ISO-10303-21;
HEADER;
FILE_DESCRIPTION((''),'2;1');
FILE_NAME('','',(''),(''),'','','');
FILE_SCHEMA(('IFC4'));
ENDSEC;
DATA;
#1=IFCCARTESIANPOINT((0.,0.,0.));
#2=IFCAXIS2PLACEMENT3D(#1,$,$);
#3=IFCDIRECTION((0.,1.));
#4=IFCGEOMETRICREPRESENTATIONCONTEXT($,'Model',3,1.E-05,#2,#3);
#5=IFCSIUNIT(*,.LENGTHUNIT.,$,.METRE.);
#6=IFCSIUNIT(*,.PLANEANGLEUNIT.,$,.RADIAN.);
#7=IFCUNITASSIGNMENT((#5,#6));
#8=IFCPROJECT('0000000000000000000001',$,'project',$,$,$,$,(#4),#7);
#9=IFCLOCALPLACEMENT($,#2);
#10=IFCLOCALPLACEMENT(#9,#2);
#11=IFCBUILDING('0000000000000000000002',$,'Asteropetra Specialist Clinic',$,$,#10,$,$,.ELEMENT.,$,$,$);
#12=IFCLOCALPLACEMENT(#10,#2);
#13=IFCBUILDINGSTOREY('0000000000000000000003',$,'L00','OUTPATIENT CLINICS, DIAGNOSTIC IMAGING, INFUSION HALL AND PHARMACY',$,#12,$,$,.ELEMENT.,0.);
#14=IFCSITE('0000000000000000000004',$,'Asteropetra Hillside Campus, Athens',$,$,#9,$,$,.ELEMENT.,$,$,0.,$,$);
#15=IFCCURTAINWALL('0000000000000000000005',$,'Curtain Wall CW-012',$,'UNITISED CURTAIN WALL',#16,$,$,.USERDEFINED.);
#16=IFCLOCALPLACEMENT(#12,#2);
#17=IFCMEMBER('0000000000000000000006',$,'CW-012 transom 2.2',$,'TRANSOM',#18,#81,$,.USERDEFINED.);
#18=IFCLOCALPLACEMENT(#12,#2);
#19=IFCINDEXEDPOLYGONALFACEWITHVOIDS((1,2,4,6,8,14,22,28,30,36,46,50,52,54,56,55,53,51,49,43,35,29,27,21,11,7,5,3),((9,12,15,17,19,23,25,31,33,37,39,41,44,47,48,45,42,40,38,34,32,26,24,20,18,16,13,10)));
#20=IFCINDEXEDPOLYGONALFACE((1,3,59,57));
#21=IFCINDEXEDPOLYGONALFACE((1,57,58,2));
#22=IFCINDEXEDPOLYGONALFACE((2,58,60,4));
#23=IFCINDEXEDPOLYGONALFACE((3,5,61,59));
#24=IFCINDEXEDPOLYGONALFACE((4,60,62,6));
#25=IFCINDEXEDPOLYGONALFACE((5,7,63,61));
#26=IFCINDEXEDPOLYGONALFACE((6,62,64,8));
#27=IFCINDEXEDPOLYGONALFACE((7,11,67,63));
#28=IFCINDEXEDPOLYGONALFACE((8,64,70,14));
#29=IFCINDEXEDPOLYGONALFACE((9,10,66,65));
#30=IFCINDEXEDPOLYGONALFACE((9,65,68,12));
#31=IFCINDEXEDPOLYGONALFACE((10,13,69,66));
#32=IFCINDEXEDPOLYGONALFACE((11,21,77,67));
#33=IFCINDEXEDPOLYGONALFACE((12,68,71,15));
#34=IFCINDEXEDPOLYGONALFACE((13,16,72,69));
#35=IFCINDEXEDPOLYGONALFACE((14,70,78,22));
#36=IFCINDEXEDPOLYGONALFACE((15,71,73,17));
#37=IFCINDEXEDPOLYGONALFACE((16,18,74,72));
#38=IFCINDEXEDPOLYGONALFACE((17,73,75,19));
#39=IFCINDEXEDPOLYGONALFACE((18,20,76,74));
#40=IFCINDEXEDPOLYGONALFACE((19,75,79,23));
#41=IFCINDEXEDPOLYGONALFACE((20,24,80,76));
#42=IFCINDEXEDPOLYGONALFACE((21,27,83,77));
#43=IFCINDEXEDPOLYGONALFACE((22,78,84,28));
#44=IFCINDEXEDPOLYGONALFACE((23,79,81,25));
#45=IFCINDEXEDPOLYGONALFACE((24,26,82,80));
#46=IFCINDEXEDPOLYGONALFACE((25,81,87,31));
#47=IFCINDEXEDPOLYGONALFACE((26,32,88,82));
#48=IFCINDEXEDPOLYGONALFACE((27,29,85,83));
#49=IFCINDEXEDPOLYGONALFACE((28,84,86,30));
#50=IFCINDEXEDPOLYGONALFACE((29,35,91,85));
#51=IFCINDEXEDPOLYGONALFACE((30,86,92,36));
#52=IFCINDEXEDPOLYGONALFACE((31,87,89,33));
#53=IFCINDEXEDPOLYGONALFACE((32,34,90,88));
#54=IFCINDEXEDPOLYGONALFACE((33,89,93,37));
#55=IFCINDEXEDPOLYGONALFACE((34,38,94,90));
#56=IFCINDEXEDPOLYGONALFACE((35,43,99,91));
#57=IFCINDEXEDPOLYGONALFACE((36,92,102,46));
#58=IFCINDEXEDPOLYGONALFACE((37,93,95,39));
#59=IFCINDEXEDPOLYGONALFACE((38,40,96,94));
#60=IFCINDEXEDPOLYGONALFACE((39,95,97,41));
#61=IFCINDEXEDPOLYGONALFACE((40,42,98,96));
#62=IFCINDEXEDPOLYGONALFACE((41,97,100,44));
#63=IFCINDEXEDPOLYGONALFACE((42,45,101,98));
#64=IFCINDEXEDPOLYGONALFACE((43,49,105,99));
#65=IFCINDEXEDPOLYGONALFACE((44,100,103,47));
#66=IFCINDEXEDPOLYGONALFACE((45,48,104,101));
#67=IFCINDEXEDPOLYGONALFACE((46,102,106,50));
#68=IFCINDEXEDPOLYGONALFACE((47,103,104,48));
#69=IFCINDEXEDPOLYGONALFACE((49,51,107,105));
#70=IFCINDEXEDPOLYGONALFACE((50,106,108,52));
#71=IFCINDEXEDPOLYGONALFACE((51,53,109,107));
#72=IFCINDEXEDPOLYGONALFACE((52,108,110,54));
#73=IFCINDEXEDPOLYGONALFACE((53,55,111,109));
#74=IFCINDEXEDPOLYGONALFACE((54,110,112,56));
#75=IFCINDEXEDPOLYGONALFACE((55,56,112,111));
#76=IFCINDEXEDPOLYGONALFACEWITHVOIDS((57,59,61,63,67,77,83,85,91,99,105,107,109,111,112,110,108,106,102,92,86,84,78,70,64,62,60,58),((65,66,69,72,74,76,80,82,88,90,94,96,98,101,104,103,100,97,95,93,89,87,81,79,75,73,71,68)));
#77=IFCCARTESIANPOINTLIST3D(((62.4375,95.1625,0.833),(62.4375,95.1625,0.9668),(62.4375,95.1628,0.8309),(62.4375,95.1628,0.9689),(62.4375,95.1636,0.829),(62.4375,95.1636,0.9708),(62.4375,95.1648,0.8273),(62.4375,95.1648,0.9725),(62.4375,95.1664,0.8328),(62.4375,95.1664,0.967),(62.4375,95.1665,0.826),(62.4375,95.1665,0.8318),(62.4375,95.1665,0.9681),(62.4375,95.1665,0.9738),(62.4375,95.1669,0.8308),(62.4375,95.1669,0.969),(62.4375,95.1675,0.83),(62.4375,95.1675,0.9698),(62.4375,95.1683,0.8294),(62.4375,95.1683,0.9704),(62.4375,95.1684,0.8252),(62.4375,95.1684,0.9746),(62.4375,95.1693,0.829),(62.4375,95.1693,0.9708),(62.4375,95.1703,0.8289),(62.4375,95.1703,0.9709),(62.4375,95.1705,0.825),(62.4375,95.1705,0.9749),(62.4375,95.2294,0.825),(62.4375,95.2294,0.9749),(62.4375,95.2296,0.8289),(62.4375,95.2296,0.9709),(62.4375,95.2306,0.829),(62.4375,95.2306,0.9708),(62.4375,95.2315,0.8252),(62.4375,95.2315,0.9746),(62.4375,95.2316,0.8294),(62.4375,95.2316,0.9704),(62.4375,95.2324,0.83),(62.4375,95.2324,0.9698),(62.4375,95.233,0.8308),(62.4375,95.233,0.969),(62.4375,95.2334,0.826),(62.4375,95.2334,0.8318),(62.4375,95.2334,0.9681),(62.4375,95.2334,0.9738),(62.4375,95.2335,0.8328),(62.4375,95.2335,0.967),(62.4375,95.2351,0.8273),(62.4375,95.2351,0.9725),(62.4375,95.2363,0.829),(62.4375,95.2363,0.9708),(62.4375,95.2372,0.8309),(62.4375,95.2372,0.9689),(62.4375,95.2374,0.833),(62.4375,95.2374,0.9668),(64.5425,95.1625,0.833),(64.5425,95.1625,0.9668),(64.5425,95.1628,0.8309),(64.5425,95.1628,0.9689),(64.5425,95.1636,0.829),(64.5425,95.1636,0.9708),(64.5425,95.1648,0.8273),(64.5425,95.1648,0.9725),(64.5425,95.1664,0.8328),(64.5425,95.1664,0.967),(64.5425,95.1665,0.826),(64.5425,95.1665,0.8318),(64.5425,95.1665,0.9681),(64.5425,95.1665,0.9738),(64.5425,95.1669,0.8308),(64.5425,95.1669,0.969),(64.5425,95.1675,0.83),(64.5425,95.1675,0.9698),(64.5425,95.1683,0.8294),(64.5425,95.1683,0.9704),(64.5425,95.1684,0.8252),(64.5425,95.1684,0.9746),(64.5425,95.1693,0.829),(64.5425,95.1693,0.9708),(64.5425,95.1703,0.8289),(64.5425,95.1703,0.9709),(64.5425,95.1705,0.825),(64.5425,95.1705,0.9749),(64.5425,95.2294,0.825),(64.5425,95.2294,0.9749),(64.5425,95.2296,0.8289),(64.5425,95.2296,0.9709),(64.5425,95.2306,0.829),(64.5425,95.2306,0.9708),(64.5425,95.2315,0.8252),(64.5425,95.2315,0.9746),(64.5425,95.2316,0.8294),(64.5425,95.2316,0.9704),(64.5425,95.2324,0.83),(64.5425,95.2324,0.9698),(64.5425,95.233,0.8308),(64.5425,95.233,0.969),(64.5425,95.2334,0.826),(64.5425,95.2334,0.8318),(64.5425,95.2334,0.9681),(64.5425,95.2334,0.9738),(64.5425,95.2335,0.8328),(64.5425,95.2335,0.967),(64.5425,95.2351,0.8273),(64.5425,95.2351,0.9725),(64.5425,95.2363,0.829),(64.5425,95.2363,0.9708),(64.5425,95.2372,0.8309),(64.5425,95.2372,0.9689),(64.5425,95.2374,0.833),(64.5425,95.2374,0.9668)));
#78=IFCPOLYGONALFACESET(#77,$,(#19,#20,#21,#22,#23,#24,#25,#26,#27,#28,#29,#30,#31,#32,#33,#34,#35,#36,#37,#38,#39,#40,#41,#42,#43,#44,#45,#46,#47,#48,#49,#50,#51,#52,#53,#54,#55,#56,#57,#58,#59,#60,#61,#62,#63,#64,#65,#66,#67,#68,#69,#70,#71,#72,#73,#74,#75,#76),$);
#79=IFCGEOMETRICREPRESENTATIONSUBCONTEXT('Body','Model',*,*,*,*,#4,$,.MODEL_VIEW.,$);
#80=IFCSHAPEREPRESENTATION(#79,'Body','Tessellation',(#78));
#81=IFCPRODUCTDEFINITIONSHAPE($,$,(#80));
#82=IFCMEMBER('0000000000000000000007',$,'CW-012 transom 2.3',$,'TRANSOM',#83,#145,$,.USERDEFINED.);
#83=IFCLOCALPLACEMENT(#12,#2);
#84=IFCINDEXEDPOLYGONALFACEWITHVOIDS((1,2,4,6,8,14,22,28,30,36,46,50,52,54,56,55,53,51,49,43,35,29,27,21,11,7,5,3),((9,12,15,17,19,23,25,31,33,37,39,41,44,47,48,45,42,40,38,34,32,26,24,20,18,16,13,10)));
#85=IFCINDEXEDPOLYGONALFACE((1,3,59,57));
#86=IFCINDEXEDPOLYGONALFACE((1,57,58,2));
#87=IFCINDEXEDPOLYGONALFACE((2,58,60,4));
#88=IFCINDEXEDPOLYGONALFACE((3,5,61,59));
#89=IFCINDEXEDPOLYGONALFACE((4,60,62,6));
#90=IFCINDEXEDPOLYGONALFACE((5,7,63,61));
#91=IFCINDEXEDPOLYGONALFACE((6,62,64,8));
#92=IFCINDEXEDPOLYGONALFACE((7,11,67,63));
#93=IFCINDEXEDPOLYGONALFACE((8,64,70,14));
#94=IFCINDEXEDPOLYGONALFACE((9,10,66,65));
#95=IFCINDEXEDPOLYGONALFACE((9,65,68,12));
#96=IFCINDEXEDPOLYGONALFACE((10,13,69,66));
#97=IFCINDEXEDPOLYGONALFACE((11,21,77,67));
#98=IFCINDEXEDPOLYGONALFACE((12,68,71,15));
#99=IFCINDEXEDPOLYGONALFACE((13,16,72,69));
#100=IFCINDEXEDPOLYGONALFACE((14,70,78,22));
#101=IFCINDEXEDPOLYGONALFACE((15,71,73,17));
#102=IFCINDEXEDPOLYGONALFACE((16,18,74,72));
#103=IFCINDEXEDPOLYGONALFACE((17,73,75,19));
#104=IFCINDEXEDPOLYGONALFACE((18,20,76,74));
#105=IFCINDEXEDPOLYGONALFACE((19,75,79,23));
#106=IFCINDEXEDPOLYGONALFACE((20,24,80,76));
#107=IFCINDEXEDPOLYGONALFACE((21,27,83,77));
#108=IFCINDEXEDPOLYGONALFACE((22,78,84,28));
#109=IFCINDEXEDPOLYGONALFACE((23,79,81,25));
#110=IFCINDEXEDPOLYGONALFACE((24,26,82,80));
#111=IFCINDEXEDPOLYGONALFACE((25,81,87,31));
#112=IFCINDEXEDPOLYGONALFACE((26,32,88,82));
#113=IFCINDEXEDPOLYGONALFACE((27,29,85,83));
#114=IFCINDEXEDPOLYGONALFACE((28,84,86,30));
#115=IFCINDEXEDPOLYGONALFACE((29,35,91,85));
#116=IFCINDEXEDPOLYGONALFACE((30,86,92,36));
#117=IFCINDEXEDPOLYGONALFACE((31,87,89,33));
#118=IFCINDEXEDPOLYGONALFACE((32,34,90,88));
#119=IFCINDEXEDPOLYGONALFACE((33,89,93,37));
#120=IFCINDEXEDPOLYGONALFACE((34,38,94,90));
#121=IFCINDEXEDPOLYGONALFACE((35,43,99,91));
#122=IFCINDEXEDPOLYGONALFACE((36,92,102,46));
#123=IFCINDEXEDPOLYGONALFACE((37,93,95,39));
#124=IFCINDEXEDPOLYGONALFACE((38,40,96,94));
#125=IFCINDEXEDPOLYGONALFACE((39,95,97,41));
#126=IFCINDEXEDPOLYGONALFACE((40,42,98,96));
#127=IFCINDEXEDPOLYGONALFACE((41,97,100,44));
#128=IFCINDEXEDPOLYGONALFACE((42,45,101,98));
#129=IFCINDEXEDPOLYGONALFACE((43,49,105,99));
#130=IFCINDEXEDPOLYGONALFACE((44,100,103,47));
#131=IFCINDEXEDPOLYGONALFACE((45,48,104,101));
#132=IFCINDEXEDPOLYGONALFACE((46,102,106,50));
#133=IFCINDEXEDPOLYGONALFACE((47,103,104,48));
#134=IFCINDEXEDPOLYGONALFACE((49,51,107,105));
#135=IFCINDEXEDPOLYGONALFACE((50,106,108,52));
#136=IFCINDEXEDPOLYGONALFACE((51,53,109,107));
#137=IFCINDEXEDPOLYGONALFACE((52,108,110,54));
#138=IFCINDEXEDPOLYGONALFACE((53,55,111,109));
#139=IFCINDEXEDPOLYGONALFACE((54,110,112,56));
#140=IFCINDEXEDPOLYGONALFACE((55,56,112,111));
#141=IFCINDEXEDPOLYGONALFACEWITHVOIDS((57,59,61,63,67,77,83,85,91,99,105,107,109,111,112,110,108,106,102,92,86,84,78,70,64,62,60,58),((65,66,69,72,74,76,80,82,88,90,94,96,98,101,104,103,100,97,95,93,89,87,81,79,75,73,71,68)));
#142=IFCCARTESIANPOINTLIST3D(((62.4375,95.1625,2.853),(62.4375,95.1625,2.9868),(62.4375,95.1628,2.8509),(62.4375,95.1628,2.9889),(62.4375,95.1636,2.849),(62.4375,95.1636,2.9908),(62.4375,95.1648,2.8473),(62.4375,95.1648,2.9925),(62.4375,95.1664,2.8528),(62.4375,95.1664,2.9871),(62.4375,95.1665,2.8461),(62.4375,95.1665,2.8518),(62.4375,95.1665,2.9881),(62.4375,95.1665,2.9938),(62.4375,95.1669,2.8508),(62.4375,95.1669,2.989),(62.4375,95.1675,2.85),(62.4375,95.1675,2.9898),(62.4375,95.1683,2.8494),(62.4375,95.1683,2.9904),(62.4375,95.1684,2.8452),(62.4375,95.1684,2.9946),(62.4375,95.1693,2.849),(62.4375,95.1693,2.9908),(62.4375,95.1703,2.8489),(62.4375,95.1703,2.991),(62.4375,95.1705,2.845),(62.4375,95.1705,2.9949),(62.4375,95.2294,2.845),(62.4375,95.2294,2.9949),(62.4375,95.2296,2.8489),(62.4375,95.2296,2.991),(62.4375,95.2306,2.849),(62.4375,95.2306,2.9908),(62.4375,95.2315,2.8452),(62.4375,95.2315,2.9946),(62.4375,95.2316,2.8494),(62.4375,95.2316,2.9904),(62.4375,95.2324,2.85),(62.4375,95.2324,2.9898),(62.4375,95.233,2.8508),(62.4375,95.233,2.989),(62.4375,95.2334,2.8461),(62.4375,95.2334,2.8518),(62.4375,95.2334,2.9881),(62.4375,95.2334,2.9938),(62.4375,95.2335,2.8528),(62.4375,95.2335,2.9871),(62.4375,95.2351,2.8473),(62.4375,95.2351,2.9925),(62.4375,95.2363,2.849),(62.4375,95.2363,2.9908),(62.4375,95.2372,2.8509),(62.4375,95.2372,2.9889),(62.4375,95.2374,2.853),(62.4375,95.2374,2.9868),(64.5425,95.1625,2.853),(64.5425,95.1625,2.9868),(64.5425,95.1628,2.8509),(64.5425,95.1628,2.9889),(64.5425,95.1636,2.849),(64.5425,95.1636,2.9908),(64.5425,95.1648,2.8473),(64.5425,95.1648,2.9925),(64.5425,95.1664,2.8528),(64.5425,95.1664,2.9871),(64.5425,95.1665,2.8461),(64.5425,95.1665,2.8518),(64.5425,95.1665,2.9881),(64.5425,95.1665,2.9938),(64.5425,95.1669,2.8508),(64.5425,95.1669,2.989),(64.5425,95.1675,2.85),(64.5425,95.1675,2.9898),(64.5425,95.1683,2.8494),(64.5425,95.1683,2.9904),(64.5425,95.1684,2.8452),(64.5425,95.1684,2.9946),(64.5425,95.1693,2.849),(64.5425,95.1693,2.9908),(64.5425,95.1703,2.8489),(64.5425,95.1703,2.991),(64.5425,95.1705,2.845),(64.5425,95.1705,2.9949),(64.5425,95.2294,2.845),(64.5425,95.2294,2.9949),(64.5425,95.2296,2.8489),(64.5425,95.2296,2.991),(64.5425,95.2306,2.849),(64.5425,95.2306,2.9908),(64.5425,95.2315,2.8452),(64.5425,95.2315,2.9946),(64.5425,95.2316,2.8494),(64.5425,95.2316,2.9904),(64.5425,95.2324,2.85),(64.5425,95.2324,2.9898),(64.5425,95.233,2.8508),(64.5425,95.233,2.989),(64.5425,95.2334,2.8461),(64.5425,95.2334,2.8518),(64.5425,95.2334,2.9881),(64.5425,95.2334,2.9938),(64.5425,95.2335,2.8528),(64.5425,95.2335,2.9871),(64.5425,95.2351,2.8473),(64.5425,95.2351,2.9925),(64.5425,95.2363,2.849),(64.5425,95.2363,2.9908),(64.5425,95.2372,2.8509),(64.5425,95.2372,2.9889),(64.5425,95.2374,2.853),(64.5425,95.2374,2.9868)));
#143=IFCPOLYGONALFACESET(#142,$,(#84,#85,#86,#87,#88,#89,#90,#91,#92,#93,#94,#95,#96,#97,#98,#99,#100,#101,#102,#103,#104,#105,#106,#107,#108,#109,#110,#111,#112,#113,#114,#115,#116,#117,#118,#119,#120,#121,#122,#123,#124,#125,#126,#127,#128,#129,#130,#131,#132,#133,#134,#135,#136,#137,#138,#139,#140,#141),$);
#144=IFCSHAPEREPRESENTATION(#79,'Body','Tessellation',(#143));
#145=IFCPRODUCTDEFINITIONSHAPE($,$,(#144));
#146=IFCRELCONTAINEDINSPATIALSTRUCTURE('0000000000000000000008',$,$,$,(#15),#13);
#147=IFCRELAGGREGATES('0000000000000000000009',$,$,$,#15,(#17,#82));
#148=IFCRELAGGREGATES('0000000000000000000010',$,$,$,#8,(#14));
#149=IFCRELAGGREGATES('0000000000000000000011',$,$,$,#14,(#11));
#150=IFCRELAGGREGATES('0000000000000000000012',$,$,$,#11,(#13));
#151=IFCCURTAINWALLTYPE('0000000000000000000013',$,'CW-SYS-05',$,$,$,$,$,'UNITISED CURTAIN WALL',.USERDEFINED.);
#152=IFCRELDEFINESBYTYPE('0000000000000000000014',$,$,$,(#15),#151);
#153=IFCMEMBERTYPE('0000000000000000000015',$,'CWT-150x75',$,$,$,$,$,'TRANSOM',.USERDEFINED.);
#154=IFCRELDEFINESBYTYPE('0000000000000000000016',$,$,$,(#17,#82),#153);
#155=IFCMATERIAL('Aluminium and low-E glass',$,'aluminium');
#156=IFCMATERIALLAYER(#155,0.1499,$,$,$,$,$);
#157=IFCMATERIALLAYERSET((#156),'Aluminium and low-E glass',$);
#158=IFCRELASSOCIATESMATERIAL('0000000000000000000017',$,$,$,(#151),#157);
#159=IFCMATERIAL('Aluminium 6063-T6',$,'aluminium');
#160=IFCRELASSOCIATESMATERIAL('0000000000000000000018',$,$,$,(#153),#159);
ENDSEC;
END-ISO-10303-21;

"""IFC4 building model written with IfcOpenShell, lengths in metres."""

from ifc_helpers import new_model, si_unit, direction, frame, origin, origin_2d, place, context, subcontext, project, spatial, hollow_rectangle, extrude, material, layer, layer_set, material_profile, profile_set, type_object, element, aggregate, save


model = new_model("IFC4")

# Units and contexts
model_context = context("Model", 3, precision=1e-05, world=origin(), true_north=direction((0.0, 1.0)))
body_context = subcontext(model_context, "Body", "Model", "MODEL_VIEW")
ifc_project = project(units=[si_unit("LENGTHUNIT", "METRE"), si_unit("PLANEANGLEUNIT", "RADIAN")], contexts=[model_context])

# Site, building, storey
site_placement = place(None, origin())
site = spatial("IfcSite", under=ifc_project, at=site_placement, Name="Asteropetra Hillside Campus, Athens", CompositionType="ELEMENT", RefElevation=0.0)
building_placement = place(site_placement, origin())
building = spatial("IfcBuilding", under=site, at=building_placement, Name="Asteropetra Specialist Clinic", CompositionType="ELEMENT")
storey_placement = place(building_placement, origin())
storey = spatial("IfcBuildingStorey", under=building, at=storey_placement, Name="L00", Description="OUTPATIENT CLINICS, DIAGNOSTIC IMAGING, INFUSION HALL AND PHARMACY", CompositionType="ELEMENT", Elevation=0.0)

# Curtain wall
ifc_material_1 = material(Name="Aluminium and low-E glass", Category="aluminium")
ifc_layer_1 = layer(ifc_material_1, 0.1499)
ifc_layer_set_1 = layer_set([ifc_layer_1], Name="Aluminium and low-E glass")
curtain_wall_type_1 = type_object("IfcCurtainWallType", Name="CW-SYS-05", ElementType="UNITISED CURTAIN WALL", PredefinedType="USERDEFINED", material=ifc_layer_set_1)
curtain_wall_1_placement = place(storey_placement, origin())
curtain_wall_1 = element("IfcCurtainWall", 1, at=curtain_wall_1_placement, inside=storey, type_object=curtain_wall_type_1, Name="Curtain Wall CW-012", ObjectType="UNITISED CURTAIN WALL", PredefinedType="USERDEFINED")

# Members
ifc_material_2 = material(Name="Aluminium 6063-T6", Category="aluminium")
ifc_material_profile_1 = material_profile(ifc_material_2, hollow_rectangle(XDim=0.075, YDim=0.1499, WallThickness=0.0039, InnerFilletRadius=0.0039, OuterFilletRadius=0.0081, at=origin_2d()), Name="TRN 150x75x4.0")
ifc_profile_set_1 = profile_set([ifc_material_profile_1], Name="Aluminium 6063-T6")
member_type_1 = type_object("IfcMemberType", Name="CWT-150x75", ElementType="TRANSOM", PredefinedType="USERDEFINED", material=ifc_profile_set_1)
member_1_placement = place(storey_placement, frame((64.5425, 95.2, 0.8999), z_axis=(-1.0, 0.0, 0.0), x_axis=(0.0, -1.0, 0.0)))
member_1 = element("IfcMember", 2, at=member_1_placement, type_object=member_type_1, Name="CW-012 transom 2.2", ObjectType="TRANSOM", PredefinedType="USERDEFINED", context=body_context, shape_type="SweptSolid", body=[
    extrude(hollow_rectangle(XDim=0.075, YDim=0.1499, WallThickness=0.0039, InnerFilletRadius=0.0039, OuterFilletRadius=0.0081, at=origin_2d()), origin(), (0.0, 0.0, 1.0), 2.105),
])
member_2_placement = place(storey_placement, frame((64.5425, 95.2, 2.9199), z_axis=(-1.0, 0.0, 0.0), x_axis=(0.0, -1.0, 0.0)))
member_2 = element("IfcMember", 3, at=member_2_placement, type_object=member_type_1, Name="CW-012 transom 2.3", ObjectType="TRANSOM", PredefinedType="USERDEFINED", context=body_context, shape_type="SweptSolid", body=[
    extrude(hollow_rectangle(XDim=0.075, YDim=0.1499, WallThickness=0.0039, InnerFilletRadius=0.0039, OuterFilletRadius=0.0081, at=origin_2d()), origin(), (0.0, 0.0, 1.0), 2.105),
])

aggregate(curtain_wall_1, [member_1, member_2])

save(model, "model.ifc")
